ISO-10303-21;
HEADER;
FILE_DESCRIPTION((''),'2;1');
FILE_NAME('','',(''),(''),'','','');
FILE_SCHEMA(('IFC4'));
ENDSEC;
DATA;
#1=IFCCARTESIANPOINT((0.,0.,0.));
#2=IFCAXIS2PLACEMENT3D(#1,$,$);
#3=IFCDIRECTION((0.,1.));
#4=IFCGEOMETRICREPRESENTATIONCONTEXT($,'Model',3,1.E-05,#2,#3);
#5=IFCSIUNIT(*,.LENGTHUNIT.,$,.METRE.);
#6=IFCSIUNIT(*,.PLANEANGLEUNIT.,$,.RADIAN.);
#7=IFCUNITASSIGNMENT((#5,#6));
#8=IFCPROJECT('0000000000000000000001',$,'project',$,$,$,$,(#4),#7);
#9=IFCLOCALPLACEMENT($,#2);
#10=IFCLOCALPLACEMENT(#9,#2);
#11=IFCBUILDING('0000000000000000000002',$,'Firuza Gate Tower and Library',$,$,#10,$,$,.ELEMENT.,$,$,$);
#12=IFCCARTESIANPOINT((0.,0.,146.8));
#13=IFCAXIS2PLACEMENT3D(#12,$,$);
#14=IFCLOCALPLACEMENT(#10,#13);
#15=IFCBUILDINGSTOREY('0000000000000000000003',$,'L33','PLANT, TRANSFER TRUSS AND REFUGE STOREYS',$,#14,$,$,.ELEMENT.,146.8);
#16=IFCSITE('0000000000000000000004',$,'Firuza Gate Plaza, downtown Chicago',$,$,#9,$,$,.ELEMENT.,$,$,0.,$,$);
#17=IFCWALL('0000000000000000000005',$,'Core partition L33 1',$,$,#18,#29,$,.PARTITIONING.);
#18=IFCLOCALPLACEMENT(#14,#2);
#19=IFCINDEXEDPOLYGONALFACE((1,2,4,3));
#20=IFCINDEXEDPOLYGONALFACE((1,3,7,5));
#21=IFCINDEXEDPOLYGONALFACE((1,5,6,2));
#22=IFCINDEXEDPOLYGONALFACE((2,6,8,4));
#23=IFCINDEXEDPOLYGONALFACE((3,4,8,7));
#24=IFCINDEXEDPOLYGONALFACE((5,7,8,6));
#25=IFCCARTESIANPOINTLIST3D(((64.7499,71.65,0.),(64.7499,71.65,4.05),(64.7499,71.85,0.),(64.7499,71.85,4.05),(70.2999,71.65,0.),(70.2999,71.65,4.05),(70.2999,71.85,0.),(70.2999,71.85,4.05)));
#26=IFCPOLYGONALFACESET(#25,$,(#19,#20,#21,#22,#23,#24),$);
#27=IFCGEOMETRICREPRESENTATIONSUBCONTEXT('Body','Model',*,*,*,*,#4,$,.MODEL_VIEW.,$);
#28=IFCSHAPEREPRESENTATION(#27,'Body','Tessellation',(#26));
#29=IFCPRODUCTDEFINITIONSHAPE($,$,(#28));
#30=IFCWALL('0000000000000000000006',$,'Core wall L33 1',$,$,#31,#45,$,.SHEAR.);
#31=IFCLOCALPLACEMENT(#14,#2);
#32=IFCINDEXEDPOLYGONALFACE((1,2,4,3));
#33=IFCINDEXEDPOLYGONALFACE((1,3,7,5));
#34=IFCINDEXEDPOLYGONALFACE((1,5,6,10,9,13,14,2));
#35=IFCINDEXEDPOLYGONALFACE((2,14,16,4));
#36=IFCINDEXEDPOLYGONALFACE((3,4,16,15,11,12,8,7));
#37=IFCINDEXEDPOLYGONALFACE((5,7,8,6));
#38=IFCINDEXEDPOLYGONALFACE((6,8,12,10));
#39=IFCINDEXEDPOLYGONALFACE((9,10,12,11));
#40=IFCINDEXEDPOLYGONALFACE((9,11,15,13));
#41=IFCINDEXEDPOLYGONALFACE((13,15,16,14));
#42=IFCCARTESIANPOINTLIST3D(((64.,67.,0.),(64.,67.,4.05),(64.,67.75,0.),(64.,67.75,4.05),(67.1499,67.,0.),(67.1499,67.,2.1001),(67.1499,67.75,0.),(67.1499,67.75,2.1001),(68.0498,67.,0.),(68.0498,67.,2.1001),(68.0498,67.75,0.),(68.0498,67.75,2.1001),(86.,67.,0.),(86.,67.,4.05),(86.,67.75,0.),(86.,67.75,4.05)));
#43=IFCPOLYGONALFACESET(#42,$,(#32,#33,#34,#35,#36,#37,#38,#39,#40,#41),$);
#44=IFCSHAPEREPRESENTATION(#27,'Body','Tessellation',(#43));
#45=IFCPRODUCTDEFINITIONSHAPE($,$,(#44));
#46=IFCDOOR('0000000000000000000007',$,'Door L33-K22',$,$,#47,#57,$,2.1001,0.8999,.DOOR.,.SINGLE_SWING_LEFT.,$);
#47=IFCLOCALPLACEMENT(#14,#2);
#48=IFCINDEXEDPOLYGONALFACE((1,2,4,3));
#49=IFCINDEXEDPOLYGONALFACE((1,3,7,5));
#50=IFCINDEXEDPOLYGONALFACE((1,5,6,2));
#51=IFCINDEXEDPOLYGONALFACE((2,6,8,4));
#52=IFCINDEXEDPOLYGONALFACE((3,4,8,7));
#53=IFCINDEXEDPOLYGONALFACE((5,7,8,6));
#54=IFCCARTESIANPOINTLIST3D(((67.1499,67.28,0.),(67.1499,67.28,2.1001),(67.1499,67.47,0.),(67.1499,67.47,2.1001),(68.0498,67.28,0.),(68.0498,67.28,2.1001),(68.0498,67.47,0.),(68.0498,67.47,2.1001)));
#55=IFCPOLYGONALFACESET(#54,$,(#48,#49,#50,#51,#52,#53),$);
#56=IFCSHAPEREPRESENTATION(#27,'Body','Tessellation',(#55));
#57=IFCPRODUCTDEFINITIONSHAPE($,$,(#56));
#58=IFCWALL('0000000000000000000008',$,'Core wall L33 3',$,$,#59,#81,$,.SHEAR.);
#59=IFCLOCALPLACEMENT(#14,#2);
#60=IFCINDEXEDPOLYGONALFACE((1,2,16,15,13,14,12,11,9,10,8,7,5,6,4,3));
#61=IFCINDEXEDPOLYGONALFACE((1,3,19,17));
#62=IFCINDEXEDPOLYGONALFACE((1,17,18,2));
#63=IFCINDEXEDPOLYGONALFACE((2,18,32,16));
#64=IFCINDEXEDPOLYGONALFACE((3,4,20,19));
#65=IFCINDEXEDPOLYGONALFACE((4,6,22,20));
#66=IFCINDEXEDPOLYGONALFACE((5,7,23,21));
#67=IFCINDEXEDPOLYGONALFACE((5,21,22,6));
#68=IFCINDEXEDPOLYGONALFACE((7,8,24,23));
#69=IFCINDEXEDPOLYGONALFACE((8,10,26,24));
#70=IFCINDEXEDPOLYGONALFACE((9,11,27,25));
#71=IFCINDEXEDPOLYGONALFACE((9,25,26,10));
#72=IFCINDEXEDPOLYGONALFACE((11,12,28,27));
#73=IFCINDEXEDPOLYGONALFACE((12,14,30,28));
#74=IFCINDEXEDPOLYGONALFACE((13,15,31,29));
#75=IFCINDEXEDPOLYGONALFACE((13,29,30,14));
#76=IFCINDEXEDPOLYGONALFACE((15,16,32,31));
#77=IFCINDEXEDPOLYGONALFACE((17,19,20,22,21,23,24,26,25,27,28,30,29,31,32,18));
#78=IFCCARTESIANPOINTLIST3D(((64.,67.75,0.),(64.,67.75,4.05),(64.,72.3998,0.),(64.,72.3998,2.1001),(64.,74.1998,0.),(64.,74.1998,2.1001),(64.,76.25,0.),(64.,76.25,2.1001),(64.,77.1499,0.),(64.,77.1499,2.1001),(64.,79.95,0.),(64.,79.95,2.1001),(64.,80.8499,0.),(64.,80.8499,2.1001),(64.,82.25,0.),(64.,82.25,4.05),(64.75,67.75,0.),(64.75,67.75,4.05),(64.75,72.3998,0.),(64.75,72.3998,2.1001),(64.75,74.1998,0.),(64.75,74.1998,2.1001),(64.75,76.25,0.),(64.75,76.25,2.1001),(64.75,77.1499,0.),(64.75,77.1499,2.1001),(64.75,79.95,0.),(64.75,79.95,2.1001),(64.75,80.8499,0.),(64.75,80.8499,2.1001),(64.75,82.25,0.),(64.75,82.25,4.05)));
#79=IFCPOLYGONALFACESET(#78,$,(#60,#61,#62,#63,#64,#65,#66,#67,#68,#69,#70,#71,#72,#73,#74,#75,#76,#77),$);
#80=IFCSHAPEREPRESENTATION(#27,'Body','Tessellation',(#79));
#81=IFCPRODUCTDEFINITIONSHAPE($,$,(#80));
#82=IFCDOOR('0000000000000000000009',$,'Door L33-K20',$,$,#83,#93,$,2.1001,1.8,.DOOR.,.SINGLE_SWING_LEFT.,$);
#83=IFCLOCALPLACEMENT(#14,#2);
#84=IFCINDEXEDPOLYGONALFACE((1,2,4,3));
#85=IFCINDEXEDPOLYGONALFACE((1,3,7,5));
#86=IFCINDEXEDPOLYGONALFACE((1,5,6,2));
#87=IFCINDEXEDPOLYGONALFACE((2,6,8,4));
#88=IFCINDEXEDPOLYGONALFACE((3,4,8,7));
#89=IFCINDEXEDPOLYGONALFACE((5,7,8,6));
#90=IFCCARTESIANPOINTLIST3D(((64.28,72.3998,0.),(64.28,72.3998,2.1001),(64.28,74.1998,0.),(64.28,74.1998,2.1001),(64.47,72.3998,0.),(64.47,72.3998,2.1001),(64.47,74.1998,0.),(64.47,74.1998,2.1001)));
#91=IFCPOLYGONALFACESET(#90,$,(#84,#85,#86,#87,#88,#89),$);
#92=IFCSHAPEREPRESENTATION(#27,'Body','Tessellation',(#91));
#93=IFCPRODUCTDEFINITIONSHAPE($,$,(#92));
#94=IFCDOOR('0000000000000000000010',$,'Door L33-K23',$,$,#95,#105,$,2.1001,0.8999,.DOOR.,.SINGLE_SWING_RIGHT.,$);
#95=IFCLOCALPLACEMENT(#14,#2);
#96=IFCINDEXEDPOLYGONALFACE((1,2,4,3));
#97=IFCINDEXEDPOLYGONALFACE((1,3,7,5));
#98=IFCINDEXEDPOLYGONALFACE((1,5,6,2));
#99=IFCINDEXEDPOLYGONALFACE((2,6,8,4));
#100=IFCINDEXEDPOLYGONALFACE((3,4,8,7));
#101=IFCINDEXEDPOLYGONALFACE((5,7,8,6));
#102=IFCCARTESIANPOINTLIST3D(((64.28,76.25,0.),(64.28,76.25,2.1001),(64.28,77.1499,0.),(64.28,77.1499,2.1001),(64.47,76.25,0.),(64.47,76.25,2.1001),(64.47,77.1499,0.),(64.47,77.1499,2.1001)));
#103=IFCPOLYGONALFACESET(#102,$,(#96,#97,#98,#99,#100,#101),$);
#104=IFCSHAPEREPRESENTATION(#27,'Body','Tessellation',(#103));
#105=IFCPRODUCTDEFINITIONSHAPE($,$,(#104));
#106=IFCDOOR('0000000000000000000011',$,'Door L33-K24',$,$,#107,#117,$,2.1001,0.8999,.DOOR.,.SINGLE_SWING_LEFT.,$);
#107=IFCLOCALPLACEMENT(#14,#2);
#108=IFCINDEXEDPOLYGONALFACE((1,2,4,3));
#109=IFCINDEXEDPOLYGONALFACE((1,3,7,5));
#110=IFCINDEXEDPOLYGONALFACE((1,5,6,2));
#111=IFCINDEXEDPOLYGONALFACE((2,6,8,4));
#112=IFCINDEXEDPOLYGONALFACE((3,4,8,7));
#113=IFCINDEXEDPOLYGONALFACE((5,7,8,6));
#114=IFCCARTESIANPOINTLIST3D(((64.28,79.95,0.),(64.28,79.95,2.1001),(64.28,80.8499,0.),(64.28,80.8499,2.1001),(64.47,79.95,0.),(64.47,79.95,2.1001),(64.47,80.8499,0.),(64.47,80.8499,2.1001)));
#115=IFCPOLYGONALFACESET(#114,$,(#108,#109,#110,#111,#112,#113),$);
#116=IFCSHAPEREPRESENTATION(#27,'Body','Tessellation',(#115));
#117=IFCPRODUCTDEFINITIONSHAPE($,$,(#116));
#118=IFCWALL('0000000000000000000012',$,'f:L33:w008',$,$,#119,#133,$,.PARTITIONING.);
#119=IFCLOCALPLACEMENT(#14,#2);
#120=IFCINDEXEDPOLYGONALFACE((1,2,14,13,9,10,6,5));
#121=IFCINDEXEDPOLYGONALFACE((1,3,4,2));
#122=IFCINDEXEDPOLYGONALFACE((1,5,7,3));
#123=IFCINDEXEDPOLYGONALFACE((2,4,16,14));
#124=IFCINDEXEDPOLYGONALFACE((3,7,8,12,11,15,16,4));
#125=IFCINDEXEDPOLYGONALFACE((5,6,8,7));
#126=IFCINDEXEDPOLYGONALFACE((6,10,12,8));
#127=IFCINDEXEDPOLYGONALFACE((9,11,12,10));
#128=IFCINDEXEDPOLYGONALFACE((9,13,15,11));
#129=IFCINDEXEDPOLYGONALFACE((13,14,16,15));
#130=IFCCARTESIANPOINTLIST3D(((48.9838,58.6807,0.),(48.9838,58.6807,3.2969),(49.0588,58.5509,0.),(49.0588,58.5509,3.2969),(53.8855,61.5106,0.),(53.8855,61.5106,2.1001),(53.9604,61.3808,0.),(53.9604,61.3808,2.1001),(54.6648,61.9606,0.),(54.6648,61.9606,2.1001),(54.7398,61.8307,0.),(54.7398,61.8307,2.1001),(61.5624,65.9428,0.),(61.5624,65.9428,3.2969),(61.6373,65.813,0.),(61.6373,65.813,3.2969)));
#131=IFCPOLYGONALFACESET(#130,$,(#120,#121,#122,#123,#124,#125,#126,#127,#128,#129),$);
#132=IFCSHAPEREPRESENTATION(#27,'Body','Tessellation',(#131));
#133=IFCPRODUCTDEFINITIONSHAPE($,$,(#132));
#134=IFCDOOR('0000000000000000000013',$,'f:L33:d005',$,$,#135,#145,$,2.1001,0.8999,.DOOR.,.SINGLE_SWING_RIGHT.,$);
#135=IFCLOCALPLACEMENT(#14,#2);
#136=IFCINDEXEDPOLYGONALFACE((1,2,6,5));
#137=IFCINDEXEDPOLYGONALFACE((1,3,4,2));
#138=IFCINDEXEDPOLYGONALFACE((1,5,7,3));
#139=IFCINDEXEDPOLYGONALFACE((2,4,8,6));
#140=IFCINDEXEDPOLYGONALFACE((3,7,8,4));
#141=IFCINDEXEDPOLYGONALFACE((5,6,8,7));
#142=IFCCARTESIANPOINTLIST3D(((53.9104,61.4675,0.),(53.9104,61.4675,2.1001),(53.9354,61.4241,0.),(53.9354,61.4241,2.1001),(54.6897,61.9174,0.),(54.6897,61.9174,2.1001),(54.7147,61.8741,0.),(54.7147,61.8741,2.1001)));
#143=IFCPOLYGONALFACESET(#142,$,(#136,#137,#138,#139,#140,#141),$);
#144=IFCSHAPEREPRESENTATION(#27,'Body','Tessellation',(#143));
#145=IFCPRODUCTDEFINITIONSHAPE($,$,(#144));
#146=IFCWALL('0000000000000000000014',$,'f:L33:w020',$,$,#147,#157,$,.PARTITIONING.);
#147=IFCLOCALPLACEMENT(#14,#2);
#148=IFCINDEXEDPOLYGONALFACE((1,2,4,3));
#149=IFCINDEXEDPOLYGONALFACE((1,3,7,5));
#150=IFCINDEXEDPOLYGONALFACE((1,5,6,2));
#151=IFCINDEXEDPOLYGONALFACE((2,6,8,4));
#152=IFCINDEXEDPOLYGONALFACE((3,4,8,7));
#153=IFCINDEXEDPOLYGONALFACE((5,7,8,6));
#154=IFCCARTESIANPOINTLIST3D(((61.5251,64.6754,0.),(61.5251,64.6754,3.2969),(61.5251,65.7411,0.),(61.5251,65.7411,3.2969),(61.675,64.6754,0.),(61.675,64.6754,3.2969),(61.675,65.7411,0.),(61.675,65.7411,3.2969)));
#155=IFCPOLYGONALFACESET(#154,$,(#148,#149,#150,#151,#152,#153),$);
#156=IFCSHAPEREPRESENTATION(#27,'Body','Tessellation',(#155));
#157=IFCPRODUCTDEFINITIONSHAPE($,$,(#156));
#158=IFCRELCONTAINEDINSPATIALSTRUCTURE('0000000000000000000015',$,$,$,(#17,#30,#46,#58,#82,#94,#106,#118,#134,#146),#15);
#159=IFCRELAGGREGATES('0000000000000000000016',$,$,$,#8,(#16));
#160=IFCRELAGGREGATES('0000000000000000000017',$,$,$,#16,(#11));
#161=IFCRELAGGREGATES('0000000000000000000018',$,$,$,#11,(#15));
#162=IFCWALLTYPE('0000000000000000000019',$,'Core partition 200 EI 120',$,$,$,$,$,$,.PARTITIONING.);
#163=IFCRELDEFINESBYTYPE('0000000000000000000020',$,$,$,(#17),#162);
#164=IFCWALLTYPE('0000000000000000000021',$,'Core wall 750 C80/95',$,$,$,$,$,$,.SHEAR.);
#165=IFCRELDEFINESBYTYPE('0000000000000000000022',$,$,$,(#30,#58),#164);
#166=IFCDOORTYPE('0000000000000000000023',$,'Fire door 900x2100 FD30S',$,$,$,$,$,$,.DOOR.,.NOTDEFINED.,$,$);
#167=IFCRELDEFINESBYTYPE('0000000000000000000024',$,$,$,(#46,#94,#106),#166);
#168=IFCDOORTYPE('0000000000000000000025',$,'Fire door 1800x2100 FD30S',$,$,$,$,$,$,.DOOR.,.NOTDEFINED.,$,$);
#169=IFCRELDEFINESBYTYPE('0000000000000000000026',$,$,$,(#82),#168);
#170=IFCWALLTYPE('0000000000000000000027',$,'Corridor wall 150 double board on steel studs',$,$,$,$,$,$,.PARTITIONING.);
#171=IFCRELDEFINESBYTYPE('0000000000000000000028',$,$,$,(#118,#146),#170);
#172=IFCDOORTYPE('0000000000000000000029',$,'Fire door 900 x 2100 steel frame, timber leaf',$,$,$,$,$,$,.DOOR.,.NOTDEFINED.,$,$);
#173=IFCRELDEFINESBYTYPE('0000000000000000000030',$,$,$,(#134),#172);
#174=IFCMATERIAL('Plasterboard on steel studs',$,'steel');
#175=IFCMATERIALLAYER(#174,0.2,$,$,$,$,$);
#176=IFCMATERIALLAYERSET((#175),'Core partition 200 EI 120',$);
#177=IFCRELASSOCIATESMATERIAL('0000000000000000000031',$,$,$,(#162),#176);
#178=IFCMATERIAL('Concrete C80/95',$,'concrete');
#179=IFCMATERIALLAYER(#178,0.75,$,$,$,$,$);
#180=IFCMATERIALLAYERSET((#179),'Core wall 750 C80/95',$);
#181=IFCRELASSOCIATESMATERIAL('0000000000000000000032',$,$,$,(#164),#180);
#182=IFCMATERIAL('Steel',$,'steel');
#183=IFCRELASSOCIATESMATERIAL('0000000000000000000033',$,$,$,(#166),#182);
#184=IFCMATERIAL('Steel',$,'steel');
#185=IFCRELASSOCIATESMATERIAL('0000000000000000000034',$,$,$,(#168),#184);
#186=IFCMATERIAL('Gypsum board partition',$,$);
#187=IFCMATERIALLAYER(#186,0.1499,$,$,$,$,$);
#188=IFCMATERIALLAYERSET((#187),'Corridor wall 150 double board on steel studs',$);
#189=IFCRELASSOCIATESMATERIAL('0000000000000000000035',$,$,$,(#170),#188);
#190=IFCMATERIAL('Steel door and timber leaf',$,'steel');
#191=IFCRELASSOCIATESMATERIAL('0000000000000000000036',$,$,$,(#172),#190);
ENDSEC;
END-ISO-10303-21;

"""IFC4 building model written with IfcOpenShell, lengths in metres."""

from ifc_helpers import new_model, si_unit, direction, frame, frame_2d, origin, place, context, subcontext, project, spatial, rectangle, extrude, material, layer, layer_set, type_object, element, fill, save


model = new_model("IFC4")

# Units and contexts
model_context = context("Model", 3, precision=1e-05, world=origin(), true_north=direction((0.0, 1.0)))
body_context = subcontext(model_context, "Body", "Model", "MODEL_VIEW")
ifc_project = project(units=[si_unit("LENGTHUNIT", "METRE"), si_unit("PLANEANGLEUNIT", "RADIAN")], contexts=[model_context])

# Site, building, storey
site_placement = place(None, origin())
site = spatial("IfcSite", under=ifc_project, at=site_placement, Name="Firuza Gate Plaza, downtown Chicago", CompositionType="ELEMENT", RefElevation=0.0)
building_placement = place(site_placement, origin())
building = spatial("IfcBuilding", under=site, at=building_placement, Name="Firuza Gate Tower and Library", CompositionType="ELEMENT")
storey_placement = place(building_placement, frame((0.0, 0.0, 146.8)))
storey = spatial("IfcBuildingStorey", under=building, at=storey_placement, Name="L33", Description="PLANT, TRANSFER TRUSS AND REFUGE STOREYS", CompositionType="ELEMENT", Elevation=146.8)

# Wall
ifc_material_1 = material(Name="Plasterboard on steel studs", Category="steel")
ifc_layer_1 = layer(ifc_material_1, 0.2)
ifc_layer_set_1 = layer_set([ifc_layer_1], Name="Core partition 200 EI 120")
wall_type_1 = type_object("IfcWallType", Name="Core partition 200 EI 120", PredefinedType="PARTITIONING", material=ifc_layer_set_1)
wall_1_placement = place(storey_placement, frame((64.75, 71.75, 0.0), z_axis=(0.0, 0.0, 1.0), x_axis=(1.0, 0.0, 0.0)))
element("IfcWall", 1, at=wall_1_placement, inside=storey, type_object=wall_type_1, Name="Core partition L33 1", PredefinedType="PARTITIONING", context=body_context, shape_type="SweptSolid", body=[
    extrude(rectangle(XDim=5.55, YDim=0.2, at=frame_2d((2.7749, 0.0))), origin(), (0.0, 0.0, 1.0), 4.05),
])

# Wall, opening, door
ifc_material_2 = material(Name="Concrete C80/95", Category="concrete")
ifc_layer_2 = layer(ifc_material_2, 0.75)
ifc_layer_set_2 = layer_set([ifc_layer_2], Name="Core wall 750 C80/95")
wall_type_2 = type_object("IfcWallType", Name="Core wall 750 C80/95", PredefinedType="SHEAR", material=ifc_layer_set_2)
wall_2_placement = place(storey_placement, frame((64.0, 67.375, 0.0), z_axis=(0.0, 0.0, 1.0), x_axis=(1.0, 0.0, 0.0)))
wall_2 = element("IfcWall", 2, at=wall_2_placement, inside=storey, type_object=wall_type_2, Name="Core wall L33 1", PredefinedType="SHEAR", context=body_context, shape_type="SweptSolid", body=[
    extrude(rectangle(XDim=22.0, YDim=0.75, at=frame_2d((11.0, 0.0))), origin(), (0.0, 0.0, 1.0), 4.05),
])
opening_1_placement = place(wall_2_placement, frame((3.1499, 0.0, 0.0)))
opening_1 = element("IfcOpeningElement", 3, at=opening_1_placement, cuts=wall_2, PredefinedType="OPENING", context=body_context, shape_type="SweptSolid", body=[
    extrude(rectangle(XDim=0.8999, YDim=2.1001, at=frame_2d((0.45, 1.05))), frame((0.0, 0.385, 0.0), z_axis=(0.0, -1.0, 0.0), x_axis=(1.0, 0.0, 0.0)), (0.0, 0.0, 1.0), 0.77),
])
ifc_material_3 = material(Name="Steel", Category="steel")
door_type_1 = type_object("IfcDoorType", Name="Fire door 900x2100 FD30S", OperationType="NOTDEFINED", PredefinedType="DOOR", material=ifc_material_3)
door_1_placement = place(opening_1_placement, origin())
door_1 = element("IfcDoor", 4, at=door_1_placement, inside=storey, type_object=door_type_1, Name="Door L33-K22", OperationType="SINGLE_SWING_LEFT", OverallHeight=2.1001, OverallWidth=0.8999, PredefinedType="DOOR", context=body_context, shape_type="SweptSolid", body=[
    extrude(rectangle(XDim=0.8999, YDim=2.1001, at=frame_2d((0.45, 1.05))), frame((0.0, 0.095, 0.0), z_axis=(0.0, -1.0, 0.0), x_axis=(1.0, 0.0, 0.0)), (0.0, 0.0, 1.0), 0.1899),
])
fill(opening_1, door_1)

# Wall, openings, doors
wall_3_placement = place(storey_placement, frame((64.375, 67.75, 0.0), z_axis=(0.0, 0.0, 1.0), x_axis=(0.0, 1.0, 0.0)))
wall_3 = element("IfcWall", 5, at=wall_3_placement, inside=storey, type_object=wall_type_2, Name="Core wall L33 3", PredefinedType="SHEAR", context=body_context, shape_type="SweptSolid", body=[
    extrude(rectangle(XDim=14.5, YDim=0.75, at=frame_2d((7.25, 0.0))), origin(), (0.0, 0.0, 1.0), 4.05),
])
opening_2_placement = place(wall_3_placement, frame((4.6499, 0.0, 0.0)))
opening_2 = element("IfcOpeningElement", 6, at=opening_2_placement, cuts=wall_3, PredefinedType="OPENING", context=body_context, shape_type="SweptSolid", body=[
    extrude(rectangle(XDim=1.8, YDim=2.1001, at=frame_2d((0.8999, 1.05))), frame((0.0, 0.385, 0.0), z_axis=(0.0, -1.0, 0.0), x_axis=(1.0, 0.0, 0.0)), (0.0, 0.0, 1.0), 0.77),
])
opening_3_placement = place(wall_3_placement, frame((8.5, 0.0, 0.0)))
opening_3 = element("IfcOpeningElement", 7, at=opening_3_placement, cuts=wall_3, PredefinedType="OPENING", context=body_context, shape_type="SweptSolid", body=[
    extrude(rectangle(XDim=0.8999, YDim=2.1001, at=frame_2d((0.45, 1.05))), frame((0.0, 0.385, 0.0), z_axis=(0.0, -1.0, 0.0), x_axis=(1.0, 0.0, 0.0)), (0.0, 0.0, 1.0), 0.77),
])
opening_4_placement = place(wall_3_placement, frame((12.2, 0.0, 0.0)))
opening_4 = element("IfcOpeningElement", 8, at=opening_4_placement, cuts=wall_3, PredefinedType="OPENING", context=body_context, shape_type="SweptSolid", body=[
    extrude(rectangle(XDim=0.8999, YDim=2.1001, at=frame_2d((0.45, 1.05))), frame((0.0, 0.385, 0.0), z_axis=(0.0, -1.0, 0.0), x_axis=(1.0, 0.0, 0.0)), (0.0, 0.0, 1.0), 0.77),
])
ifc_material_4 = material(Name="Steel", Category="steel")
door_type_2 = type_object("IfcDoorType", Name="Fire door 1800x2100 FD30S", OperationType="NOTDEFINED", PredefinedType="DOOR", material=ifc_material_4)
door_2_placement = place(opening_2_placement, origin())
door_2 = element("IfcDoor", 9, at=door_2_placement, inside=storey, type_object=door_type_2, Name="Door L33-K20", OperationType="SINGLE_SWING_LEFT", OverallHeight=2.1001, OverallWidth=1.8, PredefinedType="DOOR", context=body_context, shape_type="SweptSolid", body=[
    extrude(rectangle(XDim=1.8, YDim=2.1001, at=frame_2d((0.8999, 1.05))), frame((0.0, 0.095, 0.0), z_axis=(0.0, -1.0, 0.0), x_axis=(1.0, 0.0, 0.0)), (0.0, 0.0, 1.0), 0.1899),
])
fill(opening_2, door_2)
door_3_placement = place(opening_3_placement, origin())
door_3 = element("IfcDoor", 10, at=door_3_placement, inside=storey, type_object=door_type_1, Name="Door L33-K23", OperationType="SINGLE_SWING_RIGHT", OverallHeight=2.1001, OverallWidth=0.8999, PredefinedType="DOOR", context=body_context, shape_type="SweptSolid", body=[
    extrude(rectangle(XDim=0.8999, YDim=2.1001, at=frame_2d((0.45, 1.05))), frame((0.0, 0.095, 0.0), z_axis=(0.0, -1.0, 0.0), x_axis=(1.0, 0.0, 0.0)), (0.0, 0.0, 1.0), 0.1899),
])
fill(opening_3, door_3)
door_4_placement = place(opening_4_placement, origin())
door_4 = element("IfcDoor", 11, at=door_4_placement, inside=storey, type_object=door_type_1, Name="Door L33-K24", OperationType="SINGLE_SWING_LEFT", OverallHeight=2.1001, OverallWidth=0.8999, PredefinedType="DOOR", context=body_context, shape_type="SweptSolid", body=[
    extrude(rectangle(XDim=0.8999, YDim=2.1001, at=frame_2d((0.45, 1.05))), frame((0.0, 0.095, 0.0), z_axis=(0.0, -1.0, 0.0), x_axis=(1.0, 0.0, 0.0)), (0.0, 0.0, 1.0), 0.1899),
])
fill(opening_4, door_4)

# Wall, opening, door
ifc_material_5 = material(Name="Gypsum board partition")
ifc_layer_3 = layer(ifc_material_5, 0.1499)
ifc_layer_set_3 = layer_set([ifc_layer_3], Name="Corridor wall 150 double board on steel studs")
wall_type_3 = type_object("IfcWallType", Name="Corridor wall 150 double board on steel studs", PredefinedType="PARTITIONING", material=ifc_layer_set_3)
wall_4_placement = place(storey_placement, frame((61.5999, 65.8779, 0.0), z_axis=(0.0, 0.0, 1.0), x_axis=(-0.866027, -0.499997, 0.0)))
wall_4 = element("IfcWall", 12, at=wall_4_placement, inside=storey, type_object=wall_type_3, Name="f:L33:w008", PredefinedType="PARTITIONING", context=body_context, shape_type="SweptSolid", body=[
    extrude(rectangle(XDim=14.5244, YDim=0.1499, at=frame_2d((7.2622, 0.0))), origin(), (0.0, 0.0, 1.0), 3.2969),
])
opening_5_placement = place(wall_4_placement, frame((7.9646, 0.0, 0.0)))
opening_5 = element("IfcOpeningElement", 13, at=opening_5_placement, cuts=wall_4, PredefinedType="OPENING", context=body_context, shape_type="SweptSolid", body=[
    extrude(rectangle(XDim=0.8999, YDim=2.1001, at=frame_2d((0.45, 1.05))), frame((0.0, 0.085, 0.0), z_axis=(0.0, -1.0, 0.0), x_axis=(1.0, 0.0, 0.0)), (0.0, 0.0, 1.0), 0.1699),
])
ifc_material_6 = material(Name="Steel door and timber leaf", Category="steel")
door_type_3 = type_object("IfcDoorType", Name="Fire door 900 x 2100 steel frame, timber leaf", OperationType="NOTDEFINED", PredefinedType="DOOR", material=ifc_material_6)
door_5_placement = place(opening_5_placement, origin())
door_5 = element("IfcDoor", 14, at=door_5_placement, inside=storey, type_object=door_type_3, Name="f:L33:d005", OperationType="SINGLE_SWING_RIGHT", OverallHeight=2.1001, OverallWidth=0.8999, PredefinedType="DOOR", context=body_context, shape_type="SweptSolid", body=[
    extrude(rectangle(XDim=0.8999, YDim=2.1001, at=frame_2d((0.45, 1.05))), frame((0.0, 0.0249, 0.0), z_axis=(0.0, -1.0, 0.0), x_axis=(1.0, 0.0, 0.0)), (0.0, 0.0, 1.0), 0.05),
])
fill(opening_5, door_5)

# Wall
wall_5_placement = place(storey_placement, frame((61.6001, 64.6755, 0.0), z_axis=(0.0, 0.0, 1.0), x_axis=(0.0, 1.0, 0.0)))
element("IfcWall", 15, at=wall_5_placement, inside=storey, type_object=wall_type_3, Name="f:L33:w020", PredefinedType="PARTITIONING", context=body_context, shape_type="SweptSolid", body=[
    extrude(rectangle(XDim=1.0657, YDim=0.1499, at=frame_2d((0.5327, 0.0))), origin(), (0.0, 0.0, 1.0), 3.2969),
])

save(model, "model.ifc")
